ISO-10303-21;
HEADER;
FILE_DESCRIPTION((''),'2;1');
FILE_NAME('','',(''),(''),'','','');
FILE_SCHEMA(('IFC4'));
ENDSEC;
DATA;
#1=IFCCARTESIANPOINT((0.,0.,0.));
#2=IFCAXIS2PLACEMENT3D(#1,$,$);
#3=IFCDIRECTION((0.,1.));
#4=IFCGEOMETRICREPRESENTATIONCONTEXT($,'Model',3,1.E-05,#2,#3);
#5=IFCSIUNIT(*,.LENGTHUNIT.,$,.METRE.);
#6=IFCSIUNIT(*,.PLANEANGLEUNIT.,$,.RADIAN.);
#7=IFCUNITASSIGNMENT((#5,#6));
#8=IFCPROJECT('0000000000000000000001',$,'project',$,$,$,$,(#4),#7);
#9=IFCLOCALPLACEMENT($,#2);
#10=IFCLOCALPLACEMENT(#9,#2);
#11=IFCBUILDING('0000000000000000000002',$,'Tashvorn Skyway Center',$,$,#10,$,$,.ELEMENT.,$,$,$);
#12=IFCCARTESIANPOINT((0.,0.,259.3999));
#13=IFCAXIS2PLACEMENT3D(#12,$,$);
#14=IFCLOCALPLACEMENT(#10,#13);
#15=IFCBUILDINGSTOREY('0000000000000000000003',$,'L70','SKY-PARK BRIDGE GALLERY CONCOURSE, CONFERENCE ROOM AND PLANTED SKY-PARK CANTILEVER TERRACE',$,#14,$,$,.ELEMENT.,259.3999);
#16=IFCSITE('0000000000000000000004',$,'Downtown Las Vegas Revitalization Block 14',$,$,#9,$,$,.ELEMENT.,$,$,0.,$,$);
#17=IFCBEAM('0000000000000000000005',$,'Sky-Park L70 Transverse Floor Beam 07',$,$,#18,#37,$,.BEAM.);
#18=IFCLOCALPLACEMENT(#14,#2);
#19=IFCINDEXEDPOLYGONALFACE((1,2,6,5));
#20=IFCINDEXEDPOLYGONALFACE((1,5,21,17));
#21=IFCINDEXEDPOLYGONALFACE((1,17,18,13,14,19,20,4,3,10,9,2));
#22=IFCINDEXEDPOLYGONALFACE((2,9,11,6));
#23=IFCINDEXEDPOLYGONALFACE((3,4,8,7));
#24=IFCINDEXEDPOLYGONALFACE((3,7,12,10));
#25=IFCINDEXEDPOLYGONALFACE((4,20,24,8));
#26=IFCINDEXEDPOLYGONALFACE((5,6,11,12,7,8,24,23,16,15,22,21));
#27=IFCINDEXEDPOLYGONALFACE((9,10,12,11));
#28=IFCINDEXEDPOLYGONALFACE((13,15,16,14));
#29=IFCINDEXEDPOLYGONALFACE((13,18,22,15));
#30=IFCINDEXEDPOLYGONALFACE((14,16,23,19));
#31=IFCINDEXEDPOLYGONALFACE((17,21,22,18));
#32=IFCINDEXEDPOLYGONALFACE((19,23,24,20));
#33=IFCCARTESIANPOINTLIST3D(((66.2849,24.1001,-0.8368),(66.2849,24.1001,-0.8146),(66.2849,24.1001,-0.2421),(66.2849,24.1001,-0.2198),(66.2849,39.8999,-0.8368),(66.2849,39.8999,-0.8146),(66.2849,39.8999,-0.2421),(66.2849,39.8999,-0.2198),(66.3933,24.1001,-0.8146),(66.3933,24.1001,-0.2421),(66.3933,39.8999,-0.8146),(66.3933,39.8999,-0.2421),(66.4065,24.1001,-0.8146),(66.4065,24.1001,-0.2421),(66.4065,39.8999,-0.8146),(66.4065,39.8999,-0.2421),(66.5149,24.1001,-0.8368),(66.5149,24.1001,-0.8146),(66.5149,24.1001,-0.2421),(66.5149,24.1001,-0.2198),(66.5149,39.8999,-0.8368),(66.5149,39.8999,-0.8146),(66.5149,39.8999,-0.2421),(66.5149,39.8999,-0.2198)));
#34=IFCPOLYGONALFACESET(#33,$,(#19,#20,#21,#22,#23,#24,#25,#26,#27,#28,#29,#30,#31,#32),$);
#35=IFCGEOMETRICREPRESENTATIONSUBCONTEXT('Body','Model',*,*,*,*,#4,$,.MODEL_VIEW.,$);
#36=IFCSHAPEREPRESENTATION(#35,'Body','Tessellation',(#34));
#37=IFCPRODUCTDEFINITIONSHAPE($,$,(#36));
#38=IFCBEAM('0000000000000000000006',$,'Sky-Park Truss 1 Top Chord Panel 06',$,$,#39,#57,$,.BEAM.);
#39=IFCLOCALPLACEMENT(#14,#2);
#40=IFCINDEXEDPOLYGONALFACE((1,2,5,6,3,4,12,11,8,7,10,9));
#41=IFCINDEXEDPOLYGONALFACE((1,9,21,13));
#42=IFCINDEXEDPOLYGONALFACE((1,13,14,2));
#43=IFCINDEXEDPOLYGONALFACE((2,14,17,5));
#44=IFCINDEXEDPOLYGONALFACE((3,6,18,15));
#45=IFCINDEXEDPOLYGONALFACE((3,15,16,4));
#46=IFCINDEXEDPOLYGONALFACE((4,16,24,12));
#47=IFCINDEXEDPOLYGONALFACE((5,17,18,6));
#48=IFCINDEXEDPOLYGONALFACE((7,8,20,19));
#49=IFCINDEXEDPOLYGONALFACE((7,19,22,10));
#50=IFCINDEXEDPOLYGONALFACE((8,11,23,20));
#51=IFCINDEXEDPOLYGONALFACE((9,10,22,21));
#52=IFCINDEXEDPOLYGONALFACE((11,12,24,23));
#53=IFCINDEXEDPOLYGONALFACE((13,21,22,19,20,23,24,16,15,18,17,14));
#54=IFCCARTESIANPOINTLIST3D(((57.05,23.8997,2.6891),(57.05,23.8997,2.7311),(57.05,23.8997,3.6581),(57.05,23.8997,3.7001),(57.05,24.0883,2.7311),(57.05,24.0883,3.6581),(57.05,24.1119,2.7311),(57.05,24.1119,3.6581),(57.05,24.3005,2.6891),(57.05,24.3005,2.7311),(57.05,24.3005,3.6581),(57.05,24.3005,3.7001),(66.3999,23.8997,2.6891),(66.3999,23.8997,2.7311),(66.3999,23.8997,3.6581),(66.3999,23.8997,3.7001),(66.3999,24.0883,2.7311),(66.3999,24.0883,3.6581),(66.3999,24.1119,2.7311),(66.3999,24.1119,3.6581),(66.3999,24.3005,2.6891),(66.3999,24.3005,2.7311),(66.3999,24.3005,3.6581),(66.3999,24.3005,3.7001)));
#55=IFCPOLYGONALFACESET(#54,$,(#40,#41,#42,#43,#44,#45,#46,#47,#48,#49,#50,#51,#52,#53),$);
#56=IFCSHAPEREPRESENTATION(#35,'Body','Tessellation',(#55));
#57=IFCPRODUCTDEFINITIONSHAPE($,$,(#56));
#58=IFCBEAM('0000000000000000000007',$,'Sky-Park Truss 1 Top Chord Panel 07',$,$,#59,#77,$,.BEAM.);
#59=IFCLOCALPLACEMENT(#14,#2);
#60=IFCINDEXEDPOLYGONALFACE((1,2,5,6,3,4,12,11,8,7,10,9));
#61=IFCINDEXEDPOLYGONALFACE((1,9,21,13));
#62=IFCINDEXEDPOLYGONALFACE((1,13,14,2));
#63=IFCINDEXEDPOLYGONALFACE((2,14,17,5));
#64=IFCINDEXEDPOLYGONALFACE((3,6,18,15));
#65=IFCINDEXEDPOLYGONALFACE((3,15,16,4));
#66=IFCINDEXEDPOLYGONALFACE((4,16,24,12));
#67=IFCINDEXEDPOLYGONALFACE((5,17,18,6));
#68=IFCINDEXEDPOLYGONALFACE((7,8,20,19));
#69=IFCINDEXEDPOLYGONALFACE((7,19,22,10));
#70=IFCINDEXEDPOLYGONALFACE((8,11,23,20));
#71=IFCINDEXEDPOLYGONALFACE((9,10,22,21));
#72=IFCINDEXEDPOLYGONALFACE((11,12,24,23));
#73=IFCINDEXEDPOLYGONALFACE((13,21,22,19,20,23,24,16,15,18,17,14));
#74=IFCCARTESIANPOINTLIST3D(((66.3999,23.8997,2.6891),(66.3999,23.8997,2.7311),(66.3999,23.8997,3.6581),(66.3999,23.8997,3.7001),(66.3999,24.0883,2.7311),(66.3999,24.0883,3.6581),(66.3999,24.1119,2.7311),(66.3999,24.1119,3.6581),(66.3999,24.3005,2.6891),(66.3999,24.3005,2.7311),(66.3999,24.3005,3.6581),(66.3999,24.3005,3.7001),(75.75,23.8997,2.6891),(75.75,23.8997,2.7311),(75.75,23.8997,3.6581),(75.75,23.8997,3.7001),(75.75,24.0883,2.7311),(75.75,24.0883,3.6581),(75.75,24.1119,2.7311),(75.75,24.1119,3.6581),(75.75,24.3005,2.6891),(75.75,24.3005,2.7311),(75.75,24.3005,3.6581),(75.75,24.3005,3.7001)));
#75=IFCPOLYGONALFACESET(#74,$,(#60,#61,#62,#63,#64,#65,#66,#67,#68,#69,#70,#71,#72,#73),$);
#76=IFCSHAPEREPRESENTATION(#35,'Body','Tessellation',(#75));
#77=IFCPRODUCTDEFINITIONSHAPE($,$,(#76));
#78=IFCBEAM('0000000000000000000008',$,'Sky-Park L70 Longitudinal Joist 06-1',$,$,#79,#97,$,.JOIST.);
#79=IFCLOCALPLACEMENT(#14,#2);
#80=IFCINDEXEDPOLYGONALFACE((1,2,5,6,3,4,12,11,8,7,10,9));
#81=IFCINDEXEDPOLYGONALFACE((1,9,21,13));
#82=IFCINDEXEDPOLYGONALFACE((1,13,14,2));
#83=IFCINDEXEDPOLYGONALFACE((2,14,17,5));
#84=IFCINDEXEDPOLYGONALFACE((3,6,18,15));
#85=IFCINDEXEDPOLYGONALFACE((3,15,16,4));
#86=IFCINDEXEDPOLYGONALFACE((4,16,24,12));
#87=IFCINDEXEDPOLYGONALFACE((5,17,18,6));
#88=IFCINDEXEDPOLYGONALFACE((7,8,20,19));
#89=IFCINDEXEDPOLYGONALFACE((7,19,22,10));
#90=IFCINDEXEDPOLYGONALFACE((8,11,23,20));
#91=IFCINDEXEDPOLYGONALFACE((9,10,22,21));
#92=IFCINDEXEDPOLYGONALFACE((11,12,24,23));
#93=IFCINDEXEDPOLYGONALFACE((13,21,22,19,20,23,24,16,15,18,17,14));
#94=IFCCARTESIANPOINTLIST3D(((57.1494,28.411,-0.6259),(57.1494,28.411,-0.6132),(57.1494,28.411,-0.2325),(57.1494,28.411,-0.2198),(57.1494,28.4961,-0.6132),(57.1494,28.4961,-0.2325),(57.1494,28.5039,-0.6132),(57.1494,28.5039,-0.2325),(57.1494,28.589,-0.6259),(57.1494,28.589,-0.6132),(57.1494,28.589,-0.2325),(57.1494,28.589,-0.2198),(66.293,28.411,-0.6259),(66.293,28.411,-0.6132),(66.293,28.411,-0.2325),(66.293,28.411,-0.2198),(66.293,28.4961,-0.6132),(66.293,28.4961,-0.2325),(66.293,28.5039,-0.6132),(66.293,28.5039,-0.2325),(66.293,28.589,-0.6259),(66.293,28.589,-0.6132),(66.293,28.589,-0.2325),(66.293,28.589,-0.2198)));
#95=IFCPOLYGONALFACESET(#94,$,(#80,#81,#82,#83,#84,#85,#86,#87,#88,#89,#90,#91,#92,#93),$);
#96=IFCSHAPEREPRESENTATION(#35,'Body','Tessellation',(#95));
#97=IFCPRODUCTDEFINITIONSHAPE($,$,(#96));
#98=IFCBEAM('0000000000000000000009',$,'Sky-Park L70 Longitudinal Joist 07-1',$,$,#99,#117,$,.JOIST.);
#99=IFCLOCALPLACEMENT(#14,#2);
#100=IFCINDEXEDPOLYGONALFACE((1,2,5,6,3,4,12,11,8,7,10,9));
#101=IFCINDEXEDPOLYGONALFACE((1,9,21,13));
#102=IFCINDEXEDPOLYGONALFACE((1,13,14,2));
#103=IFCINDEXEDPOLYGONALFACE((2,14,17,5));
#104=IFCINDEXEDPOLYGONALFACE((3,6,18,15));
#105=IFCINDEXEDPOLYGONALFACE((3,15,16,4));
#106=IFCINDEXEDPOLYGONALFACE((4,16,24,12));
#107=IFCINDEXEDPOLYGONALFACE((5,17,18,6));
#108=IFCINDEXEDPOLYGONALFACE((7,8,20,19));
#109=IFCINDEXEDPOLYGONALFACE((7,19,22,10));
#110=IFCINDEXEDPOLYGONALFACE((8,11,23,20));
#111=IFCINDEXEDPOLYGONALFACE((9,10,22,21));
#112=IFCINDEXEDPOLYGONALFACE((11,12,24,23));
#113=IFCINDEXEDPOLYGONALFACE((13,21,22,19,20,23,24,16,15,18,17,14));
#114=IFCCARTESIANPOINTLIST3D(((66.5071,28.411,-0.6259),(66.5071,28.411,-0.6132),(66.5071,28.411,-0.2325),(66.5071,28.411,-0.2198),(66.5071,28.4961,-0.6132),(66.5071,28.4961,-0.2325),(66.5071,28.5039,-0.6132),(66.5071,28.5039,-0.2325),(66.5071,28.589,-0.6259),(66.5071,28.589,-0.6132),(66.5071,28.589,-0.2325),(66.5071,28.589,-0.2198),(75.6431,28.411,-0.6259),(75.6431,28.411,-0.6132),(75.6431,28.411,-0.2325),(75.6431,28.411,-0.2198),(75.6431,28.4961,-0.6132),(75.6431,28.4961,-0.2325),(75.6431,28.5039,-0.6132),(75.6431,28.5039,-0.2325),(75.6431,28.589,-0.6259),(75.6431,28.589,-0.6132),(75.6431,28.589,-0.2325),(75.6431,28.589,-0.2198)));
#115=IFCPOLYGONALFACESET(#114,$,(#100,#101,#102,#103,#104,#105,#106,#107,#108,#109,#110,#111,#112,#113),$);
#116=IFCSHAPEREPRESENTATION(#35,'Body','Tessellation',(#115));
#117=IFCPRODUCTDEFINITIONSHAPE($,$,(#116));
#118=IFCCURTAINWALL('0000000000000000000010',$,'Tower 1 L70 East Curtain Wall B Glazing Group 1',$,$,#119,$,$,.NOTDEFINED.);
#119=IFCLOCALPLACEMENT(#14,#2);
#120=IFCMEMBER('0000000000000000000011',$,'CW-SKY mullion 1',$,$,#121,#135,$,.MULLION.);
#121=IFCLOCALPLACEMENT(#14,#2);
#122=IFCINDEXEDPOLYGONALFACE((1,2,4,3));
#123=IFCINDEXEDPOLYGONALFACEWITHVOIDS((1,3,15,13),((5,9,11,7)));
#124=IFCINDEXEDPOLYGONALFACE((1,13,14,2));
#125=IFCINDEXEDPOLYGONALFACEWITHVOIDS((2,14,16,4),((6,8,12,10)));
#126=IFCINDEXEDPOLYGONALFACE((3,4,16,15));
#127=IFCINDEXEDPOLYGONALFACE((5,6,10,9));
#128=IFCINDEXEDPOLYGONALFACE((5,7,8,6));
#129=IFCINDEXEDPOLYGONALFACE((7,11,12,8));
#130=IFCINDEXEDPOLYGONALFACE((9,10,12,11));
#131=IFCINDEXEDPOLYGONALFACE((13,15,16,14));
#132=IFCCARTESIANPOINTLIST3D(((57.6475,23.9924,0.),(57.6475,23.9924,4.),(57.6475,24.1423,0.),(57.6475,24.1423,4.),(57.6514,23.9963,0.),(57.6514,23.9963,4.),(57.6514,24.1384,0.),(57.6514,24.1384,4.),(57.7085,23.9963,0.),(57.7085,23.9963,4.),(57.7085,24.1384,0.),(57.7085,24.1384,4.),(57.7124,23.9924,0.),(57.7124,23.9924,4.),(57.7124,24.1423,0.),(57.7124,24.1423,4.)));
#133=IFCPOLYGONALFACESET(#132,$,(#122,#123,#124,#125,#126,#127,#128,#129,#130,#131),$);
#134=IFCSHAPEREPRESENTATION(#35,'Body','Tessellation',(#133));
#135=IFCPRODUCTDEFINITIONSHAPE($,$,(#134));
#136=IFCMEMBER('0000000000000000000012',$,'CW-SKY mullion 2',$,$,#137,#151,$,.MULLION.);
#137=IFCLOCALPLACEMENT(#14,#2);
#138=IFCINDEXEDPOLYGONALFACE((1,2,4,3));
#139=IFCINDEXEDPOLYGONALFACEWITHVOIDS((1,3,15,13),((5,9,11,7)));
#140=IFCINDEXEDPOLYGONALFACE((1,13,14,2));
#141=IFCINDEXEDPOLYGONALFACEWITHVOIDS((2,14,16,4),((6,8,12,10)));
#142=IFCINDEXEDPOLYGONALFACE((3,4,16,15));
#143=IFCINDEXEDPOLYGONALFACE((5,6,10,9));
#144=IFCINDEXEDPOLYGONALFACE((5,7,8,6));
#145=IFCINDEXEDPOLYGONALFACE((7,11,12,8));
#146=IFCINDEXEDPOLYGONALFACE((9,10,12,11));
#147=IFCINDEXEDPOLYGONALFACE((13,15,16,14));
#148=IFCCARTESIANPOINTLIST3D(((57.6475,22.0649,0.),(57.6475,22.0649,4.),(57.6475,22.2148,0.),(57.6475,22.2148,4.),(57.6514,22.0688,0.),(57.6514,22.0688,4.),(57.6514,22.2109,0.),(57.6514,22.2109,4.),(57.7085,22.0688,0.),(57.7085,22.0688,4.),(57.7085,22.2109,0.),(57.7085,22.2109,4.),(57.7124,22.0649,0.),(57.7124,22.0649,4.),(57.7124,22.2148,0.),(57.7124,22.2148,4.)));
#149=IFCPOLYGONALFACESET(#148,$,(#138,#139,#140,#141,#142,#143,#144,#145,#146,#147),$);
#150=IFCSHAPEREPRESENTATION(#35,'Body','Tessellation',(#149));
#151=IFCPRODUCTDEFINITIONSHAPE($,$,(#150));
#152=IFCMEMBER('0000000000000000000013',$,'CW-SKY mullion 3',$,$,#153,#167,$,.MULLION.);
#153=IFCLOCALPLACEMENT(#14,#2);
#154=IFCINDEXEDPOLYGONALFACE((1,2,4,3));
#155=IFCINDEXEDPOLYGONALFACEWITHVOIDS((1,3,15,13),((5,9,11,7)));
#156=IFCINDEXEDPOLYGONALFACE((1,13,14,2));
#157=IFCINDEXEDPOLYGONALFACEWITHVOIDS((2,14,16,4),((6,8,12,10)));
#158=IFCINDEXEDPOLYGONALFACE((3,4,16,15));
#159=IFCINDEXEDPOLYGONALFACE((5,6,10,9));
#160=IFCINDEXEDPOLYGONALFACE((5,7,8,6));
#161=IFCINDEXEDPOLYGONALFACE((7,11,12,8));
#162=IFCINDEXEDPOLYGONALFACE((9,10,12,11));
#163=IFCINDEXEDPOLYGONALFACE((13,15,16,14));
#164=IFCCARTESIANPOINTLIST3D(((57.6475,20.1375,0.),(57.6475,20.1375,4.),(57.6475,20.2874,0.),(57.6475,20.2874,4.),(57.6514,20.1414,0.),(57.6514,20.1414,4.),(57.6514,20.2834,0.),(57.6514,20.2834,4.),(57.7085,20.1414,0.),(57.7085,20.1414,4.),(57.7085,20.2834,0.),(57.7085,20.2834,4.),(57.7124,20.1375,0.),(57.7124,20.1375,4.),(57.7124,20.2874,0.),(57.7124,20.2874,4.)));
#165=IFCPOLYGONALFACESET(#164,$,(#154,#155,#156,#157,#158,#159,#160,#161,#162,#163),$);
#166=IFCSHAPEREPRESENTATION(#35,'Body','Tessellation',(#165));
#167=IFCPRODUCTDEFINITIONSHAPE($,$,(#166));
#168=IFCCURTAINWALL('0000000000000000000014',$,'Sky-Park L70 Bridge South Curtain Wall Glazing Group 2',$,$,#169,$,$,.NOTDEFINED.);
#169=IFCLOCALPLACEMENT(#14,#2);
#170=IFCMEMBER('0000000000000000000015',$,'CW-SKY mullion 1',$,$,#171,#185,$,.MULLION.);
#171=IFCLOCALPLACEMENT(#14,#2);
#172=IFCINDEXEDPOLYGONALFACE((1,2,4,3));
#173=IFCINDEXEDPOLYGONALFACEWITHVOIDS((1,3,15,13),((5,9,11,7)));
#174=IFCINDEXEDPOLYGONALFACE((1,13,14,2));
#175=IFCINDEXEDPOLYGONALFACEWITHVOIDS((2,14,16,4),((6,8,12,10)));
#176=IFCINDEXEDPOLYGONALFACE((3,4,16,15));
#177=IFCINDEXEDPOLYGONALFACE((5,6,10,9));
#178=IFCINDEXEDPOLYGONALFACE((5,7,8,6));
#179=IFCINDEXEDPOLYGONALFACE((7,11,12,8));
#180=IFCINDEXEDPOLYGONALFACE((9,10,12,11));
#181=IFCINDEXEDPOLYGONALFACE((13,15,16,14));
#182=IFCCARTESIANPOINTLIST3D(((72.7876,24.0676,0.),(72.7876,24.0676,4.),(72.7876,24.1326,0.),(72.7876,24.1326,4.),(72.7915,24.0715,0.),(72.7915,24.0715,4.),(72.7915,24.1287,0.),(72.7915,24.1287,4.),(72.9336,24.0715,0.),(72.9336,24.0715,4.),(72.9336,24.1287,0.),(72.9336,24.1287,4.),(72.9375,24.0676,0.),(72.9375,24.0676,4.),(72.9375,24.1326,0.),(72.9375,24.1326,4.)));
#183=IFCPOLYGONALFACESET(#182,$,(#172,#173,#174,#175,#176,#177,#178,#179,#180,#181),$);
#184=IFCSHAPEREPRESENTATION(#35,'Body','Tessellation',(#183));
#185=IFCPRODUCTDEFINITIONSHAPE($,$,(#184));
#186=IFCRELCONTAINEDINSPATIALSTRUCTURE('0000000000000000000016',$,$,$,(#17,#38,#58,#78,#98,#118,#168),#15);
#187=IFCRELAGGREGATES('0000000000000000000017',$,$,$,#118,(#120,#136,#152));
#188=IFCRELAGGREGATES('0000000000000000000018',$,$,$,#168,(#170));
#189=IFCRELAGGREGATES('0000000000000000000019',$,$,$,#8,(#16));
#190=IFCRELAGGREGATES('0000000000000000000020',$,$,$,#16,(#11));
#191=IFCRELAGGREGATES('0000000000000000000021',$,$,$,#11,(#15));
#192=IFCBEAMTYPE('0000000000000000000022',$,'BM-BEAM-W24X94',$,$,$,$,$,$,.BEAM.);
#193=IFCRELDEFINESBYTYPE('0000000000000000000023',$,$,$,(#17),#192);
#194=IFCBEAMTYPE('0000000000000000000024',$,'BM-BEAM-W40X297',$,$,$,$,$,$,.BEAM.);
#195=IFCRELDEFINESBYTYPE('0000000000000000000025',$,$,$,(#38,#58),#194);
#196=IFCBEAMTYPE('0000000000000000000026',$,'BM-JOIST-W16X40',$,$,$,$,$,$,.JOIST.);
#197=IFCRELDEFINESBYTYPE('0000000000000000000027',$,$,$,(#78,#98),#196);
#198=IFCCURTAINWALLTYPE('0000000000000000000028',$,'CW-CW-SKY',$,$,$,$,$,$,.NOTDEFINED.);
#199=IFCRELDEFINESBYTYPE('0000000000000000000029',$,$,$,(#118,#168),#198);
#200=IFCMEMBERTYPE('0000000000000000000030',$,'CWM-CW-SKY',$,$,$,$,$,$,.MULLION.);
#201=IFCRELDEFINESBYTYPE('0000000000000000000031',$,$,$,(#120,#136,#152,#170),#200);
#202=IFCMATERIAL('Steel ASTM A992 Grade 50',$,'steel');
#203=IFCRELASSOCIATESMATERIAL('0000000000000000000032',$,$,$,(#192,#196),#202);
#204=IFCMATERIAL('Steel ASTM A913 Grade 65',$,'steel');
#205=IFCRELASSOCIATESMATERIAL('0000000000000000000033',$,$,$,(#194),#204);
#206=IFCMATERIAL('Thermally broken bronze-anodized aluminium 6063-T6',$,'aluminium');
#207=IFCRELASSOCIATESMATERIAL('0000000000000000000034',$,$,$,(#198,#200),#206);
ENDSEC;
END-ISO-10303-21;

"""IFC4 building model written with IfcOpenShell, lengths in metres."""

from ifc_helpers import new_model, si_unit, direction, frame, origin, origin_2d, place, context, subcontext, project, spatial, hollow_rectangle, i_section, extrude, material, material_profile, profile_set, type_object, element, aggregate, save


model = new_model("IFC4")

# Units and contexts
model_context = context("Model", 3, precision=1e-05, world=origin(), true_north=direction((0.0, 1.0)))
body_context = subcontext(model_context, "Body", "Model", "MODEL_VIEW")
ifc_project = project(units=[si_unit("LENGTHUNIT", "METRE"), si_unit("PLANEANGLEUNIT", "RADIAN")], contexts=[model_context])

# Site, building, storey
site_placement = place(None, origin())
site = spatial("IfcSite", under=ifc_project, at=site_placement, Name="Downtown Las Vegas Revitalization Block 14", CompositionType="ELEMENT", RefElevation=0.0)
building_placement = place(site_placement, origin())
building = spatial("IfcBuilding", under=site, at=building_placement, Name="Tashvorn Skyway Center", CompositionType="ELEMENT")
storey_placement = place(building_placement, frame((0.0, 0.0, 259.3999)))
storey = spatial("IfcBuildingStorey", under=building, at=storey_placement, Name="L70", Description="SKY-PARK BRIDGE GALLERY CONCOURSE, CONFERENCE ROOM AND PLANTED SKY-PARK CANTILEVER TERRACE", CompositionType="ELEMENT", Elevation=259.3999)

# Beams
ifc_material_1 = material(Name="Steel ASTM A992 Grade 50", Category="steel")
ifc_material_profile_1 = material_profile(ifc_material_1, i_section(OverallWidth=0.23, OverallDepth=0.6169, WebThickness=0.0132, FlangeThickness=0.0222, at=origin_2d()), Name="W24X94")
ifc_profile_set_1 = profile_set([ifc_material_profile_1], Name="Steel ASTM A992 Grade 50")
beam_type_1 = type_object("IfcBeamType", Name="BM-BEAM-W24X94", PredefinedType="BEAM", material=ifc_profile_set_1)
beam_1_placement = place(storey_placement, frame((66.3999, 24.1001, -0.5283), z_axis=(0.0, 1.0, 0.0), x_axis=(-1.0, 0.0, 0.0)))
element("IfcBeam", 1, at=beam_1_placement, inside=storey, type_object=beam_type_1, Name="Sky-Park L70 Transverse Floor Beam 07", PredefinedType="BEAM", context=body_context, shape_type="SweptSolid", body=[
    extrude(i_section(OverallWidth=0.23, OverallDepth=0.6169, WebThickness=0.0132, FlangeThickness=0.0222, at=origin_2d()), origin(), (0.0, 0.0, 1.0), 15.7998),
])
ifc_material_2 = material(Name="Steel ASTM A913 Grade 65", Category="steel")
ifc_material_profile_2 = material_profile(ifc_material_2, i_section(OverallWidth=0.4009, OverallDepth=1.011, WebThickness=0.0237, FlangeThickness=0.042, at=origin_2d()), Name="W40X297")
ifc_profile_set_2 = profile_set([ifc_material_profile_2], Name="Steel ASTM A913 Grade 65")
beam_type_2 = type_object("IfcBeamType", Name="BM-BEAM-W40X297", PredefinedType="BEAM", material=ifc_profile_set_2)
beam_2_placement = place(storey_placement, frame((57.05, 24.1001, 3.1946), z_axis=(1.0, 0.0, 0.0), x_axis=(0.0, 1.0, 0.0)))
element("IfcBeam", 2, at=beam_2_placement, inside=storey, type_object=beam_type_2, Name="Sky-Park Truss 1 Top Chord Panel 06", PredefinedType="BEAM", context=body_context, shape_type="SweptSolid", body=[
    extrude(i_section(OverallWidth=0.4009, OverallDepth=1.011, WebThickness=0.0237, FlangeThickness=0.042, at=origin_2d()), origin(), (0.0, 0.0, 1.0), 9.3499),
])
beam_3_placement = place(storey_placement, frame((66.3999, 24.1001, 3.1946), z_axis=(1.0, 0.0, 0.0), x_axis=(0.0, 1.0, 0.0)))
element("IfcBeam", 3, at=beam_3_placement, inside=storey, type_object=beam_type_2, Name="Sky-Park Truss 1 Top Chord Panel 07", PredefinedType="BEAM", context=body_context, shape_type="SweptSolid", body=[
    extrude(i_section(OverallWidth=0.4009, OverallDepth=1.011, WebThickness=0.0237, FlangeThickness=0.042, at=origin_2d()), origin(), (0.0, 0.0, 1.0), 9.3501),
])
ifc_material_profile_3 = material_profile(ifc_material_1, i_section(OverallWidth=0.178, OverallDepth=0.406, WebThickness=0.0078, FlangeThickness=0.0127, at=origin_2d()), Name="W16X40")
ifc_profile_set_3 = profile_set([ifc_material_profile_3], Name="Steel ASTM A992 Grade 50")
beam_type_3 = type_object("IfcBeamType", Name="BM-JOIST-W16X40", PredefinedType="JOIST", material=ifc_profile_set_3)
beam_4_placement = place(storey_placement, frame((57.1494, 28.5, -0.4229), z_axis=(1.0, 0.0, 0.0), x_axis=(0.0, 1.0, 0.0)))
element("IfcBeam", 4, at=beam_4_placement, inside=storey, type_object=beam_type_3, Name="Sky-Park L70 Longitudinal Joist 06-1", PredefinedType="JOIST", context=body_context, shape_type="SweptSolid", body=[
    extrude(i_section(OverallWidth=0.178, OverallDepth=0.406, WebThickness=0.0078, FlangeThickness=0.0127, at=origin_2d()), origin(), (0.0, 0.0, 1.0), 9.1436),
])
beam_5_placement = place(storey_placement, frame((66.5071, 28.5, -0.4229), z_axis=(1.0, 0.0, 0.0), x_axis=(0.0, 1.0, 0.0)))
element("IfcBeam", 5, at=beam_5_placement, inside=storey, type_object=beam_type_3, Name="Sky-Park L70 Longitudinal Joist 07-1", PredefinedType="JOIST", context=body_context, shape_type="SweptSolid", body=[
    extrude(i_section(OverallWidth=0.178, OverallDepth=0.406, WebThickness=0.0078, FlangeThickness=0.0127, at=origin_2d()), origin(), (0.0, 0.0, 1.0), 9.136),
])

# Curtain walls, members
ifc_material_3 = material(Name="Thermally broken bronze-anodized aluminium 6063-T6", Category="aluminium")
curtain_wall_type = type_object("IfcCurtainWallType", Name="CW-CW-SKY", PredefinedType="NOTDEFINED", material=ifc_material_3)
curtain_wall_1_placement = place(storey_placement, origin())
curtain_wall_1 = element("IfcCurtainWall", 6, at=curtain_wall_1_placement, inside=storey, type_object=curtain_wall_type, Name="Tower 1 L70 East Curtain Wall B Glazing Group 1", PredefinedType="NOTDEFINED")
ifc_material_profile_4 = material_profile(ifc_material_3, hollow_rectangle(XDim=0.0649, YDim=0.1499, WallThickness=0.0039, at=origin_2d()), Name="ALU-MULL-65x150")
ifc_profile_set_4 = profile_set([ifc_material_profile_4], Name="Thermally broken bronze-anodized aluminium 6063-T6")
member_type_1 = type_object("IfcMemberType", Name="CWM-CW-SKY", PredefinedType="MULLION", material=ifc_profile_set_4)
member_1_placement = place(storey_placement, frame((57.6799, 24.0674, 0.0), z_axis=(0.0, 0.0, 1.0), x_axis=(1.0, 0.0, 0.0)))
member_1 = element("IfcMember", 7, at=member_1_placement, type_object=member_type_1, Name="CW-SKY mullion 1", PredefinedType="MULLION", context=body_context, shape_type="SweptSolid", body=[
    extrude(hollow_rectangle(XDim=0.0649, YDim=0.1499, WallThickness=0.0039, at=origin_2d()), origin(), (0.0, 0.0, 1.0), 4.0),
])
member_2_placement = place(storey_placement, frame((57.6799, 22.1399, 0.0), z_axis=(0.0, 0.0, 1.0), x_axis=(1.0, 0.0, 0.0)))
member_2 = element("IfcMember", 8, at=member_2_placement, type_object=member_type_1, Name="CW-SKY mullion 2", PredefinedType="MULLION", context=body_context, shape_type="SweptSolid", body=[
    extrude(hollow_rectangle(XDim=0.0649, YDim=0.1499, WallThickness=0.0039, at=origin_2d()), origin(), (0.0, 0.0, 1.0), 4.0),
])
member_3_placement = place(storey_placement, frame((57.6799, 20.2124, 0.0), z_axis=(0.0, 0.0, 1.0), x_axis=(1.0, 0.0, 0.0)))
member_3 = element("IfcMember", 9, at=member_3_placement, type_object=member_type_1, Name="CW-SKY mullion 3", PredefinedType="MULLION", context=body_context, shape_type="SweptSolid", body=[
    extrude(hollow_rectangle(XDim=0.0649, YDim=0.1499, WallThickness=0.0039, at=origin_2d()), origin(), (0.0, 0.0, 1.0), 4.0),
])
curtain_wall_2_placement = place(storey_placement, origin())
curtain_wall_2 = element("IfcCurtainWall", 10, at=curtain_wall_2_placement, inside=storey, type_object=curtain_wall_type, Name="Sky-Park L70 Bridge South Curtain Wall Glazing Group 2", PredefinedType="NOTDEFINED")
member_4_placement = place(storey_placement, frame((72.8625, 24.1001, 0.0), z_axis=(0.0, 0.0, 1.0), x_axis=(0.0, -1.0, 0.0)))
member_4 = element("IfcMember", 11, at=member_4_placement, type_object=member_type_1, Name="CW-SKY mullion 1", PredefinedType="MULLION", context=body_context, shape_type="SweptSolid", body=[
    extrude(hollow_rectangle(XDim=0.0649, YDim=0.1499, WallThickness=0.0039, at=origin_2d()), origin(), (0.0, 0.0, 1.0), 4.0),
])

aggregate(curtain_wall_1, [member_1, member_2, member_3])
aggregate(curtain_wall_2, [member_4])

save(model, "model.ifc")
